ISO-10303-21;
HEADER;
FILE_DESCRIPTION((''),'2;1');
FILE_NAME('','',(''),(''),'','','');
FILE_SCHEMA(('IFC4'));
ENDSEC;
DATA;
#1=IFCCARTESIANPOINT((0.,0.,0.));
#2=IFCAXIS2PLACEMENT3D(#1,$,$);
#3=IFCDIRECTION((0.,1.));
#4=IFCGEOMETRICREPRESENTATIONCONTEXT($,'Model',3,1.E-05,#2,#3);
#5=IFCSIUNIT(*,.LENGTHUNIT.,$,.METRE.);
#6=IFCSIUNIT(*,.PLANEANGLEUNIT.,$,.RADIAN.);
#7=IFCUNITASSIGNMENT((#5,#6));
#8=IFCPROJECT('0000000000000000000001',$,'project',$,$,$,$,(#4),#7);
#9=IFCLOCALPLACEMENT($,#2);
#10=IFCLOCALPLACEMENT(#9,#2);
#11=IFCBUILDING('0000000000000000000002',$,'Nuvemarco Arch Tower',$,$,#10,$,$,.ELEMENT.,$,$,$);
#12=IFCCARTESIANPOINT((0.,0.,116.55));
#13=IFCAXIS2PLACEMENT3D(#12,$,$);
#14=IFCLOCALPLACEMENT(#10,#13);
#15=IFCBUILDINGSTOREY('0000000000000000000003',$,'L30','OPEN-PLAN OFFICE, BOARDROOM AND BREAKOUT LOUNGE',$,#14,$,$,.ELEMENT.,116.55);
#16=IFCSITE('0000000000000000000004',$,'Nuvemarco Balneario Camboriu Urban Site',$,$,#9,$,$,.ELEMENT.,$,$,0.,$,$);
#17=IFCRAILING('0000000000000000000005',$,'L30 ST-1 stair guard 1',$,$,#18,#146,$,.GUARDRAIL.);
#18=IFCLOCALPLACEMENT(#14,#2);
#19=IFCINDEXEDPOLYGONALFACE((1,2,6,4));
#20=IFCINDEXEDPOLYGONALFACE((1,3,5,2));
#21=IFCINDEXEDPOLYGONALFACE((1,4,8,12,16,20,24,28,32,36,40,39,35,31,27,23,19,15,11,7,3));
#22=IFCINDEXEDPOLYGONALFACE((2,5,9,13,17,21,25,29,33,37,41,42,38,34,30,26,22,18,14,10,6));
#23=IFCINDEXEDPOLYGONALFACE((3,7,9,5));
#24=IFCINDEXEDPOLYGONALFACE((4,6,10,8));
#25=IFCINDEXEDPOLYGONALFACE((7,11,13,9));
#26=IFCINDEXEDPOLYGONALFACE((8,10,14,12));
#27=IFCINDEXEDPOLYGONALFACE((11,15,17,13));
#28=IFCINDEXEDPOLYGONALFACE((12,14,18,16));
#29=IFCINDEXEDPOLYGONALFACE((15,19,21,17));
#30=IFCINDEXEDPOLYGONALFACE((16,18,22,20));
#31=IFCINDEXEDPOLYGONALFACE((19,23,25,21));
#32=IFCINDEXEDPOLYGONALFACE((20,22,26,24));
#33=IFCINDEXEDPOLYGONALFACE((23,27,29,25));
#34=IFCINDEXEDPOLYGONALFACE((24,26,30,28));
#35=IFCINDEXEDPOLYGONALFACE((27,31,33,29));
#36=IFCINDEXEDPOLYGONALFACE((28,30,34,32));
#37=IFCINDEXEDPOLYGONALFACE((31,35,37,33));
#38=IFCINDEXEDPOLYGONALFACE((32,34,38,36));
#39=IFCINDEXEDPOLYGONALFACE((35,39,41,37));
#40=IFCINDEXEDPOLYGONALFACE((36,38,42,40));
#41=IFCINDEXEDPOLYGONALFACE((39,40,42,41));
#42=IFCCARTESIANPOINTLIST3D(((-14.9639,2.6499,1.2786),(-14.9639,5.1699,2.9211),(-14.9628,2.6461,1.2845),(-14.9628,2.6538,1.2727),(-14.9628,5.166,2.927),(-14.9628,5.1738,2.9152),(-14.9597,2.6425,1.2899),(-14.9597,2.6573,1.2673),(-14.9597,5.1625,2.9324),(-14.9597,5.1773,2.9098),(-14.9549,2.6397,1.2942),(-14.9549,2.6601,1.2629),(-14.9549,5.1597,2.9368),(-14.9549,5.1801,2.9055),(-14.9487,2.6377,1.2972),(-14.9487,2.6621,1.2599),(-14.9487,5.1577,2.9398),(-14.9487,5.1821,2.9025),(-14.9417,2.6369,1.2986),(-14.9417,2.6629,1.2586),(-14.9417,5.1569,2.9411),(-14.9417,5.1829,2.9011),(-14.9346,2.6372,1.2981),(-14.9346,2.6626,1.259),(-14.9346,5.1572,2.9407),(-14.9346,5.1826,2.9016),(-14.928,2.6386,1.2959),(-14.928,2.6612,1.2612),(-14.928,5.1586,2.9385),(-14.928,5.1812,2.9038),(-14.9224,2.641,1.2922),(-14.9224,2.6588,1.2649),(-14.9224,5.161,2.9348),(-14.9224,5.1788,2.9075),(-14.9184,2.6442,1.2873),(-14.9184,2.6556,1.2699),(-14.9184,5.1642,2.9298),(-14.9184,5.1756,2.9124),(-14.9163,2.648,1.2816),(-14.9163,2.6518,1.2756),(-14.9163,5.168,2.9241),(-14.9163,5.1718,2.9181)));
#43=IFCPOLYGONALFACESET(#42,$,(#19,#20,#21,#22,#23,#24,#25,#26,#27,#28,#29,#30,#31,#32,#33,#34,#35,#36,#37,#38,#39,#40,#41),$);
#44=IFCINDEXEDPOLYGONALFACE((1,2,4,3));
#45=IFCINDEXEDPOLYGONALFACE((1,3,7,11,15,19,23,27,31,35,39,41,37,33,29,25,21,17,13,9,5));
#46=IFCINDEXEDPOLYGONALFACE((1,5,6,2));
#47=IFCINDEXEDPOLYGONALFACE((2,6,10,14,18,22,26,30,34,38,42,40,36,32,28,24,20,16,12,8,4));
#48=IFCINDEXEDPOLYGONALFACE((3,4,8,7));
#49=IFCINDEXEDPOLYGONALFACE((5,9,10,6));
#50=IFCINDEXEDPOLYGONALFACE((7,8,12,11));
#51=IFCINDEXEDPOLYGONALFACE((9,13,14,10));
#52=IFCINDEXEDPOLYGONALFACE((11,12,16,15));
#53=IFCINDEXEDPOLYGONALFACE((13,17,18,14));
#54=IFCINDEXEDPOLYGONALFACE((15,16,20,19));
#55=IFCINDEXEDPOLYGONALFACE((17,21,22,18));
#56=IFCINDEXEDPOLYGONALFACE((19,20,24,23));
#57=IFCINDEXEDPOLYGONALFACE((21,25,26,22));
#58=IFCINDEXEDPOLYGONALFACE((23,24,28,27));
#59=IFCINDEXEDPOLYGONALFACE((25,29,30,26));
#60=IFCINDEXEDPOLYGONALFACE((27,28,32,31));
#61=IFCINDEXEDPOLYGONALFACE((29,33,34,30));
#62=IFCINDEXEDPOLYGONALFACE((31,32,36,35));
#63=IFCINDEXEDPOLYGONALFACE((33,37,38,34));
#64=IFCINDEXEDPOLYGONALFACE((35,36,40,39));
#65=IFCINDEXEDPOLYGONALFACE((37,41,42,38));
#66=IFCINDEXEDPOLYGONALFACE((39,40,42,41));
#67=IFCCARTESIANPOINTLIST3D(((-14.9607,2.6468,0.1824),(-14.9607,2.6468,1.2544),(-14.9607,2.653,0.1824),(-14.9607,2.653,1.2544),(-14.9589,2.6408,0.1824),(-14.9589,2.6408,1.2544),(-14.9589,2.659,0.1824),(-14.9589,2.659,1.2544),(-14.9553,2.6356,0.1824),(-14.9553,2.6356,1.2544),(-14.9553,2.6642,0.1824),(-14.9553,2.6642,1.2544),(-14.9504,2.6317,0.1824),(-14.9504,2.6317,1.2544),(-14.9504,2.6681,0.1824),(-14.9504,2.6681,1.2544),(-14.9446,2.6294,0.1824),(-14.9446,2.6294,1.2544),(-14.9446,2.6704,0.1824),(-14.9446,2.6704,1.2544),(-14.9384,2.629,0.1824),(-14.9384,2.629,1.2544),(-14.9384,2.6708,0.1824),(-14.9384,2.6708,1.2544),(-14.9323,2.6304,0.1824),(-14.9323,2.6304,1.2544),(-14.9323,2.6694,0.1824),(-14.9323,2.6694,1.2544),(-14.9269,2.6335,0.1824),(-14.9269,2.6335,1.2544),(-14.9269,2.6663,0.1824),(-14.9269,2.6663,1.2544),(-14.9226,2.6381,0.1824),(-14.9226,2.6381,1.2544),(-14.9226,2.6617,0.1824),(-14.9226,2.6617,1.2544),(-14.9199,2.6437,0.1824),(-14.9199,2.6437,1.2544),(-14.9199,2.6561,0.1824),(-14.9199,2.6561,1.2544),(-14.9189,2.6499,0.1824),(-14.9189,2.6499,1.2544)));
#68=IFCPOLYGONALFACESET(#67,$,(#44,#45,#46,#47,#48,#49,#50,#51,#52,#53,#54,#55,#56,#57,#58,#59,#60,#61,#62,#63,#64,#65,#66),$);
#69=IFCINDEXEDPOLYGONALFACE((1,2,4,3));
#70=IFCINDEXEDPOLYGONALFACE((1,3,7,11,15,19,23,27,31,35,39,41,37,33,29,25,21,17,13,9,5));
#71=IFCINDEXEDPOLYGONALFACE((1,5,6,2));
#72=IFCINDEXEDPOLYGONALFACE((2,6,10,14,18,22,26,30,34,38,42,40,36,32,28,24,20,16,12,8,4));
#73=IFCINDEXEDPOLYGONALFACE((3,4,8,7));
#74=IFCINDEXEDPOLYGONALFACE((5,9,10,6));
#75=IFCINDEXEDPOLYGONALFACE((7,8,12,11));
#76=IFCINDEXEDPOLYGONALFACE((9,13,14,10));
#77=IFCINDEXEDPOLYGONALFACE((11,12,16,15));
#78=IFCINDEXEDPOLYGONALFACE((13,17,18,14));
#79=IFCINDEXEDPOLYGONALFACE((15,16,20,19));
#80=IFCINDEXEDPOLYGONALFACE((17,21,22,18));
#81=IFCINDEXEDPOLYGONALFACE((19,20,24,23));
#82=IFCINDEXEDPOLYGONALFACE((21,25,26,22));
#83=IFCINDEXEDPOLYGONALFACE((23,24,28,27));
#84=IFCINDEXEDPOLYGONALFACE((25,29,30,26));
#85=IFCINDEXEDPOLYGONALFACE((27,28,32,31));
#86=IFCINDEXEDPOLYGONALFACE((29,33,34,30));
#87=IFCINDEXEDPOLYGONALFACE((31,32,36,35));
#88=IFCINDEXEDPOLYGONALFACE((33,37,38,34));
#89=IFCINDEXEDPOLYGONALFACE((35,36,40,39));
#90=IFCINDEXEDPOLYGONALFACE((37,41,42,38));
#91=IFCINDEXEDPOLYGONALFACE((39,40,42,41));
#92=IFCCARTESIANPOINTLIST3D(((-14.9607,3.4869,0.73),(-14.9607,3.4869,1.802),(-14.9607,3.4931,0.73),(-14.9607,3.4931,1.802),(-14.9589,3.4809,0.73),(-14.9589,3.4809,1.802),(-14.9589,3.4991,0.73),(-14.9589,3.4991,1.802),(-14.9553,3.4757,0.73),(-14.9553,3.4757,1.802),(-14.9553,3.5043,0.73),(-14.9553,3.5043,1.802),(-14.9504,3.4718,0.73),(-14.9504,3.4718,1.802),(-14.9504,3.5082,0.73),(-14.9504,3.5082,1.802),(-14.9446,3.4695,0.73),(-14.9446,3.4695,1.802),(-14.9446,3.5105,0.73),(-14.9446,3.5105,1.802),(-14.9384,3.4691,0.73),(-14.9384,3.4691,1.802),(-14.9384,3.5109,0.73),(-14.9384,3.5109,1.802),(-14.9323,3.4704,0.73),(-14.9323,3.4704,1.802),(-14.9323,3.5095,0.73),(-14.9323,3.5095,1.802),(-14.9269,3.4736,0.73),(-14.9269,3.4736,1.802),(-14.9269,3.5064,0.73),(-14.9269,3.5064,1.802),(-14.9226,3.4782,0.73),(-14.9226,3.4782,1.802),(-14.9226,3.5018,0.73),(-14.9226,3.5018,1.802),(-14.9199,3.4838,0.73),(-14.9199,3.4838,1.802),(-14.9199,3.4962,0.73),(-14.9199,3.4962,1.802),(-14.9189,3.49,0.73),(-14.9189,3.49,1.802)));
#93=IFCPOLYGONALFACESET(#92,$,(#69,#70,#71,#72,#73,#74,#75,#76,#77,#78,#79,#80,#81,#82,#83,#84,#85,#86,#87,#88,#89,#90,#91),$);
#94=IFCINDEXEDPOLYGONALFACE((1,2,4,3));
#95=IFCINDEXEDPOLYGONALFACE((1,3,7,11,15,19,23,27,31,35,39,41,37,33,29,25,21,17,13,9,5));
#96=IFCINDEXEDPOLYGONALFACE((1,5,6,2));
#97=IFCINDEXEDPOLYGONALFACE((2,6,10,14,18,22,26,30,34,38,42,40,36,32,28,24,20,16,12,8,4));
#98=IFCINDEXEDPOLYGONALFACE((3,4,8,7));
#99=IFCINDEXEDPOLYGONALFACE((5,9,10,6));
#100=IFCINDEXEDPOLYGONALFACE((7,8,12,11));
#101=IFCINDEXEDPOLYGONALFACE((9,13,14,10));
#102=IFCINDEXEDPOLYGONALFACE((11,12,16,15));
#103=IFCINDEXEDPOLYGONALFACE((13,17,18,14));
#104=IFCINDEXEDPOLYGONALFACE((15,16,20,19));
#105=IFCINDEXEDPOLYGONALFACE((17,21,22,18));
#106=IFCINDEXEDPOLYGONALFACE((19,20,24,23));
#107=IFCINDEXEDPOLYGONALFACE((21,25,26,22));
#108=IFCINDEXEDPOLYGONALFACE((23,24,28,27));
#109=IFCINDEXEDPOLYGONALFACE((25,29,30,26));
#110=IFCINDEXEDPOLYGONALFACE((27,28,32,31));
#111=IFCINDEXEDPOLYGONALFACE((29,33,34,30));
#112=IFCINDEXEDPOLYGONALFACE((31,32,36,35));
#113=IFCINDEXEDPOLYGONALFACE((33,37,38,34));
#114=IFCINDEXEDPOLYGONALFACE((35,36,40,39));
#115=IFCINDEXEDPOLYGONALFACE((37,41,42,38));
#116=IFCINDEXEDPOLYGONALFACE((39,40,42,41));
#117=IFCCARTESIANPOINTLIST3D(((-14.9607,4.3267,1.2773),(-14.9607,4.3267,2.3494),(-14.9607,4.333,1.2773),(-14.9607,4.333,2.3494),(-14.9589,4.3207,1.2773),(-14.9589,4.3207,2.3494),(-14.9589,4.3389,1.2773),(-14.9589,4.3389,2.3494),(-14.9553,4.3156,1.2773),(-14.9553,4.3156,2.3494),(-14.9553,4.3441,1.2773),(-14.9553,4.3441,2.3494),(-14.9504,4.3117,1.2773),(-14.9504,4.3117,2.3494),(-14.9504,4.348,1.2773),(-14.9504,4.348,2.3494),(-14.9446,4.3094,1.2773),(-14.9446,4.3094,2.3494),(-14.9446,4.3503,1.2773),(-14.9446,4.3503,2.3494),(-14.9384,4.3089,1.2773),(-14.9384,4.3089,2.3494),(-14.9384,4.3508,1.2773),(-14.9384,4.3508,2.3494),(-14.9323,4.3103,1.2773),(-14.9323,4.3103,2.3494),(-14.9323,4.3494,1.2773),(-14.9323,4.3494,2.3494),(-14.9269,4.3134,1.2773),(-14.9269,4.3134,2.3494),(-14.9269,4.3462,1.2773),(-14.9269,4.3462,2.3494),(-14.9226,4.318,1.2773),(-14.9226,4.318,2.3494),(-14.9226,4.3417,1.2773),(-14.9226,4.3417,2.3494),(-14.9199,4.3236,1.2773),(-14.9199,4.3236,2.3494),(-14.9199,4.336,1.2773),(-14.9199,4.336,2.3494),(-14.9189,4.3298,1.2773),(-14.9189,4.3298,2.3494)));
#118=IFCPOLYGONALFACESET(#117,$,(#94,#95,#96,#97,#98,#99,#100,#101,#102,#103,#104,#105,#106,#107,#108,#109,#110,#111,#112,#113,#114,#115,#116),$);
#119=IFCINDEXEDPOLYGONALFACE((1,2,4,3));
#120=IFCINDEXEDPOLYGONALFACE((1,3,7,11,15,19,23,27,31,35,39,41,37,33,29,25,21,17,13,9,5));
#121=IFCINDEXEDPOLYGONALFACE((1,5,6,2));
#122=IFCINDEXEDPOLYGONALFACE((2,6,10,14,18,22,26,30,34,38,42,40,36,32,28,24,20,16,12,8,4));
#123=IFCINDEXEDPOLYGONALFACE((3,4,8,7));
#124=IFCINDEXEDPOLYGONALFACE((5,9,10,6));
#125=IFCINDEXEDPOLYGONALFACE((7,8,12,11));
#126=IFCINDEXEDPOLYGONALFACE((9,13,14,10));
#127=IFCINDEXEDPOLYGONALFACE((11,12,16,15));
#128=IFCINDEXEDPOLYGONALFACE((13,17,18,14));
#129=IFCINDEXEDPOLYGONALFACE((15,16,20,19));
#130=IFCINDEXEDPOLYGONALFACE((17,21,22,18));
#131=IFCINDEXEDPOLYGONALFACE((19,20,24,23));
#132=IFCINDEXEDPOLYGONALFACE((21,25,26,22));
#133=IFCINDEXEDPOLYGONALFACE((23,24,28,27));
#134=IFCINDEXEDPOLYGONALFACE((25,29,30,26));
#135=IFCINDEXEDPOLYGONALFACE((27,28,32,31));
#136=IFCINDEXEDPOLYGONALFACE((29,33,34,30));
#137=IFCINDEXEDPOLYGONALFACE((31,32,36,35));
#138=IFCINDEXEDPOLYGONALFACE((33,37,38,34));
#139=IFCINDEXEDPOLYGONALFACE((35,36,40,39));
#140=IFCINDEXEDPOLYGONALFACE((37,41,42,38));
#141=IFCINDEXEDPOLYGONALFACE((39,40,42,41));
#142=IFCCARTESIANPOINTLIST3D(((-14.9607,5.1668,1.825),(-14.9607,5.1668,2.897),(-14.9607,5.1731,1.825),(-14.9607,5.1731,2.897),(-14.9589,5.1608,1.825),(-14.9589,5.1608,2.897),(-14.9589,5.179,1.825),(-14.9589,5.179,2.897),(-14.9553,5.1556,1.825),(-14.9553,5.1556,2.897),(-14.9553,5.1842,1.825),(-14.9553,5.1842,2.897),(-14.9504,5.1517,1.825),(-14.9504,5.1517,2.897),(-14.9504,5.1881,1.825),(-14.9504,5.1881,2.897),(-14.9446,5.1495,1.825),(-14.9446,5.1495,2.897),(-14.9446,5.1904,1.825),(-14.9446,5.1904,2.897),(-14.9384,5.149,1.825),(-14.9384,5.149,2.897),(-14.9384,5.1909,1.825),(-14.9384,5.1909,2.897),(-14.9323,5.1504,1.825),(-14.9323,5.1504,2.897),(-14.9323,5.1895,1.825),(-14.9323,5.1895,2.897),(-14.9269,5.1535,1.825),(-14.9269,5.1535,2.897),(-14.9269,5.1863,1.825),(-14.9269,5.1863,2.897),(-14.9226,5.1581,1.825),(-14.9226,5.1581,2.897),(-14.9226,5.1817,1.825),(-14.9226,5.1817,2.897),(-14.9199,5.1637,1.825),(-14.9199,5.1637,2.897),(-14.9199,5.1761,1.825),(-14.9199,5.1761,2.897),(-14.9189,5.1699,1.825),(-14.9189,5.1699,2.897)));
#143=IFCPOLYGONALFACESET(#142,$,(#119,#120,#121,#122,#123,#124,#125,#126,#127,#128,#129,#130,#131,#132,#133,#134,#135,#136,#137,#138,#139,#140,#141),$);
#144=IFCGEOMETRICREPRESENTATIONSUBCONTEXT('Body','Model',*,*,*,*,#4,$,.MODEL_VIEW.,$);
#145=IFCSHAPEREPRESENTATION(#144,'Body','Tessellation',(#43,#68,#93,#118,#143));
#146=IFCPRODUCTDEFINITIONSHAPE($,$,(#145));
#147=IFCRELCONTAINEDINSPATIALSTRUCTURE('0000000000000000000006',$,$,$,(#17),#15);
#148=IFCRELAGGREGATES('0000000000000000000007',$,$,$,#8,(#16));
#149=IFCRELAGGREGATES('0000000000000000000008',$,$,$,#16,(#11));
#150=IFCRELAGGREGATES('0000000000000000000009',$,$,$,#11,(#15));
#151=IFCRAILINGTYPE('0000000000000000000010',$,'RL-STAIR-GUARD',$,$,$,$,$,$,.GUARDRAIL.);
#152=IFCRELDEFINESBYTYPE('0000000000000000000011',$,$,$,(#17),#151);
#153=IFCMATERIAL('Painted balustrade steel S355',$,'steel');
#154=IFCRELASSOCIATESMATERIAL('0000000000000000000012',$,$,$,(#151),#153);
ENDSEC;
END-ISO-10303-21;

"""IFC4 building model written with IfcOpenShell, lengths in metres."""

from ifc_helpers import new_model, si_unit, direction, frame, origin, origin_2d, place, context, subcontext, project, spatial, circle, extrude, material, type_object, element, save


model = new_model("IFC4")

# Units and contexts
model_context = context("Model", 3, precision=1e-05, world=origin(), true_north=direction((0.0, 1.0)))
body_context = subcontext(model_context, "Body", "Model", "MODEL_VIEW")
ifc_project = project(units=[si_unit("LENGTHUNIT", "METRE"), si_unit("PLANEANGLEUNIT", "RADIAN")], contexts=[model_context])

# Site, building, storey
site_placement = place(None, origin())
site = spatial("IfcSite", under=ifc_project, at=site_placement, Name="Nuvemarco Balneario Camboriu Urban Site", CompositionType="ELEMENT", RefElevation=0.0)
building_placement = place(site_placement, origin())
building = spatial("IfcBuilding", under=site, at=building_placement, Name="Nuvemarco Arch Tower", CompositionType="ELEMENT")
storey_placement = place(building_placement, frame((0.0, 0.0, 116.55)))
storey = spatial("IfcBuildingStorey", under=building, at=storey_placement, Name="L30", Description="OPEN-PLAN OFFICE, BOARDROOM AND BREAKOUT LOUNGE", CompositionType="ELEMENT", Elevation=116.55)

# Railing
ifc_material_1 = material(Name="Painted balustrade steel S355", Category="steel")
railing_type_1 = type_object("IfcRailingType", Name="RL-STAIR-GUARD", PredefinedType="GUARDRAIL", material=ifc_material_1)
railing_1_placement = place(storey_placement, frame((-14.9399, 2.6499, 0.1824)))
element("IfcRailing", 1, at=railing_1_placement, inside=storey, type_object=railing_type_1, Name="L30 ST-1 stair guard 1", PredefinedType="GUARDRAIL", context=body_context, shape_type="SweptSolid", body=[
    extrude(circle(Radius=0.0239, at=origin_2d()), frame((0.0, 0.0, 1.0962), z_axis=(0.0, 0.837749, 0.546055), x_axis=(-1.0, 0.0, 0.0)), (0.0, 0.0, 1.0), 3.0081),
    extrude(circle(Radius=0.021, at=origin_2d()), origin(), (0.0, 0.0, 1.0), 1.072),
    extrude(circle(Radius=0.021, at=origin_2d()), frame((0.0, 0.8401, 0.5476)), (0.0, 0.0, 1.0), 1.072),
    extrude(circle(Radius=0.021, at=origin_2d()), frame((0.0, 1.6799, 1.095)), (0.0, 0.0, 1.0), 1.072),
    extrude(circle(Radius=0.021, at=origin_2d()), frame((0.0, 2.52, 1.6426)), (0.0, 0.0, 1.0), 1.072),
])

save(model, "model.ifc")
